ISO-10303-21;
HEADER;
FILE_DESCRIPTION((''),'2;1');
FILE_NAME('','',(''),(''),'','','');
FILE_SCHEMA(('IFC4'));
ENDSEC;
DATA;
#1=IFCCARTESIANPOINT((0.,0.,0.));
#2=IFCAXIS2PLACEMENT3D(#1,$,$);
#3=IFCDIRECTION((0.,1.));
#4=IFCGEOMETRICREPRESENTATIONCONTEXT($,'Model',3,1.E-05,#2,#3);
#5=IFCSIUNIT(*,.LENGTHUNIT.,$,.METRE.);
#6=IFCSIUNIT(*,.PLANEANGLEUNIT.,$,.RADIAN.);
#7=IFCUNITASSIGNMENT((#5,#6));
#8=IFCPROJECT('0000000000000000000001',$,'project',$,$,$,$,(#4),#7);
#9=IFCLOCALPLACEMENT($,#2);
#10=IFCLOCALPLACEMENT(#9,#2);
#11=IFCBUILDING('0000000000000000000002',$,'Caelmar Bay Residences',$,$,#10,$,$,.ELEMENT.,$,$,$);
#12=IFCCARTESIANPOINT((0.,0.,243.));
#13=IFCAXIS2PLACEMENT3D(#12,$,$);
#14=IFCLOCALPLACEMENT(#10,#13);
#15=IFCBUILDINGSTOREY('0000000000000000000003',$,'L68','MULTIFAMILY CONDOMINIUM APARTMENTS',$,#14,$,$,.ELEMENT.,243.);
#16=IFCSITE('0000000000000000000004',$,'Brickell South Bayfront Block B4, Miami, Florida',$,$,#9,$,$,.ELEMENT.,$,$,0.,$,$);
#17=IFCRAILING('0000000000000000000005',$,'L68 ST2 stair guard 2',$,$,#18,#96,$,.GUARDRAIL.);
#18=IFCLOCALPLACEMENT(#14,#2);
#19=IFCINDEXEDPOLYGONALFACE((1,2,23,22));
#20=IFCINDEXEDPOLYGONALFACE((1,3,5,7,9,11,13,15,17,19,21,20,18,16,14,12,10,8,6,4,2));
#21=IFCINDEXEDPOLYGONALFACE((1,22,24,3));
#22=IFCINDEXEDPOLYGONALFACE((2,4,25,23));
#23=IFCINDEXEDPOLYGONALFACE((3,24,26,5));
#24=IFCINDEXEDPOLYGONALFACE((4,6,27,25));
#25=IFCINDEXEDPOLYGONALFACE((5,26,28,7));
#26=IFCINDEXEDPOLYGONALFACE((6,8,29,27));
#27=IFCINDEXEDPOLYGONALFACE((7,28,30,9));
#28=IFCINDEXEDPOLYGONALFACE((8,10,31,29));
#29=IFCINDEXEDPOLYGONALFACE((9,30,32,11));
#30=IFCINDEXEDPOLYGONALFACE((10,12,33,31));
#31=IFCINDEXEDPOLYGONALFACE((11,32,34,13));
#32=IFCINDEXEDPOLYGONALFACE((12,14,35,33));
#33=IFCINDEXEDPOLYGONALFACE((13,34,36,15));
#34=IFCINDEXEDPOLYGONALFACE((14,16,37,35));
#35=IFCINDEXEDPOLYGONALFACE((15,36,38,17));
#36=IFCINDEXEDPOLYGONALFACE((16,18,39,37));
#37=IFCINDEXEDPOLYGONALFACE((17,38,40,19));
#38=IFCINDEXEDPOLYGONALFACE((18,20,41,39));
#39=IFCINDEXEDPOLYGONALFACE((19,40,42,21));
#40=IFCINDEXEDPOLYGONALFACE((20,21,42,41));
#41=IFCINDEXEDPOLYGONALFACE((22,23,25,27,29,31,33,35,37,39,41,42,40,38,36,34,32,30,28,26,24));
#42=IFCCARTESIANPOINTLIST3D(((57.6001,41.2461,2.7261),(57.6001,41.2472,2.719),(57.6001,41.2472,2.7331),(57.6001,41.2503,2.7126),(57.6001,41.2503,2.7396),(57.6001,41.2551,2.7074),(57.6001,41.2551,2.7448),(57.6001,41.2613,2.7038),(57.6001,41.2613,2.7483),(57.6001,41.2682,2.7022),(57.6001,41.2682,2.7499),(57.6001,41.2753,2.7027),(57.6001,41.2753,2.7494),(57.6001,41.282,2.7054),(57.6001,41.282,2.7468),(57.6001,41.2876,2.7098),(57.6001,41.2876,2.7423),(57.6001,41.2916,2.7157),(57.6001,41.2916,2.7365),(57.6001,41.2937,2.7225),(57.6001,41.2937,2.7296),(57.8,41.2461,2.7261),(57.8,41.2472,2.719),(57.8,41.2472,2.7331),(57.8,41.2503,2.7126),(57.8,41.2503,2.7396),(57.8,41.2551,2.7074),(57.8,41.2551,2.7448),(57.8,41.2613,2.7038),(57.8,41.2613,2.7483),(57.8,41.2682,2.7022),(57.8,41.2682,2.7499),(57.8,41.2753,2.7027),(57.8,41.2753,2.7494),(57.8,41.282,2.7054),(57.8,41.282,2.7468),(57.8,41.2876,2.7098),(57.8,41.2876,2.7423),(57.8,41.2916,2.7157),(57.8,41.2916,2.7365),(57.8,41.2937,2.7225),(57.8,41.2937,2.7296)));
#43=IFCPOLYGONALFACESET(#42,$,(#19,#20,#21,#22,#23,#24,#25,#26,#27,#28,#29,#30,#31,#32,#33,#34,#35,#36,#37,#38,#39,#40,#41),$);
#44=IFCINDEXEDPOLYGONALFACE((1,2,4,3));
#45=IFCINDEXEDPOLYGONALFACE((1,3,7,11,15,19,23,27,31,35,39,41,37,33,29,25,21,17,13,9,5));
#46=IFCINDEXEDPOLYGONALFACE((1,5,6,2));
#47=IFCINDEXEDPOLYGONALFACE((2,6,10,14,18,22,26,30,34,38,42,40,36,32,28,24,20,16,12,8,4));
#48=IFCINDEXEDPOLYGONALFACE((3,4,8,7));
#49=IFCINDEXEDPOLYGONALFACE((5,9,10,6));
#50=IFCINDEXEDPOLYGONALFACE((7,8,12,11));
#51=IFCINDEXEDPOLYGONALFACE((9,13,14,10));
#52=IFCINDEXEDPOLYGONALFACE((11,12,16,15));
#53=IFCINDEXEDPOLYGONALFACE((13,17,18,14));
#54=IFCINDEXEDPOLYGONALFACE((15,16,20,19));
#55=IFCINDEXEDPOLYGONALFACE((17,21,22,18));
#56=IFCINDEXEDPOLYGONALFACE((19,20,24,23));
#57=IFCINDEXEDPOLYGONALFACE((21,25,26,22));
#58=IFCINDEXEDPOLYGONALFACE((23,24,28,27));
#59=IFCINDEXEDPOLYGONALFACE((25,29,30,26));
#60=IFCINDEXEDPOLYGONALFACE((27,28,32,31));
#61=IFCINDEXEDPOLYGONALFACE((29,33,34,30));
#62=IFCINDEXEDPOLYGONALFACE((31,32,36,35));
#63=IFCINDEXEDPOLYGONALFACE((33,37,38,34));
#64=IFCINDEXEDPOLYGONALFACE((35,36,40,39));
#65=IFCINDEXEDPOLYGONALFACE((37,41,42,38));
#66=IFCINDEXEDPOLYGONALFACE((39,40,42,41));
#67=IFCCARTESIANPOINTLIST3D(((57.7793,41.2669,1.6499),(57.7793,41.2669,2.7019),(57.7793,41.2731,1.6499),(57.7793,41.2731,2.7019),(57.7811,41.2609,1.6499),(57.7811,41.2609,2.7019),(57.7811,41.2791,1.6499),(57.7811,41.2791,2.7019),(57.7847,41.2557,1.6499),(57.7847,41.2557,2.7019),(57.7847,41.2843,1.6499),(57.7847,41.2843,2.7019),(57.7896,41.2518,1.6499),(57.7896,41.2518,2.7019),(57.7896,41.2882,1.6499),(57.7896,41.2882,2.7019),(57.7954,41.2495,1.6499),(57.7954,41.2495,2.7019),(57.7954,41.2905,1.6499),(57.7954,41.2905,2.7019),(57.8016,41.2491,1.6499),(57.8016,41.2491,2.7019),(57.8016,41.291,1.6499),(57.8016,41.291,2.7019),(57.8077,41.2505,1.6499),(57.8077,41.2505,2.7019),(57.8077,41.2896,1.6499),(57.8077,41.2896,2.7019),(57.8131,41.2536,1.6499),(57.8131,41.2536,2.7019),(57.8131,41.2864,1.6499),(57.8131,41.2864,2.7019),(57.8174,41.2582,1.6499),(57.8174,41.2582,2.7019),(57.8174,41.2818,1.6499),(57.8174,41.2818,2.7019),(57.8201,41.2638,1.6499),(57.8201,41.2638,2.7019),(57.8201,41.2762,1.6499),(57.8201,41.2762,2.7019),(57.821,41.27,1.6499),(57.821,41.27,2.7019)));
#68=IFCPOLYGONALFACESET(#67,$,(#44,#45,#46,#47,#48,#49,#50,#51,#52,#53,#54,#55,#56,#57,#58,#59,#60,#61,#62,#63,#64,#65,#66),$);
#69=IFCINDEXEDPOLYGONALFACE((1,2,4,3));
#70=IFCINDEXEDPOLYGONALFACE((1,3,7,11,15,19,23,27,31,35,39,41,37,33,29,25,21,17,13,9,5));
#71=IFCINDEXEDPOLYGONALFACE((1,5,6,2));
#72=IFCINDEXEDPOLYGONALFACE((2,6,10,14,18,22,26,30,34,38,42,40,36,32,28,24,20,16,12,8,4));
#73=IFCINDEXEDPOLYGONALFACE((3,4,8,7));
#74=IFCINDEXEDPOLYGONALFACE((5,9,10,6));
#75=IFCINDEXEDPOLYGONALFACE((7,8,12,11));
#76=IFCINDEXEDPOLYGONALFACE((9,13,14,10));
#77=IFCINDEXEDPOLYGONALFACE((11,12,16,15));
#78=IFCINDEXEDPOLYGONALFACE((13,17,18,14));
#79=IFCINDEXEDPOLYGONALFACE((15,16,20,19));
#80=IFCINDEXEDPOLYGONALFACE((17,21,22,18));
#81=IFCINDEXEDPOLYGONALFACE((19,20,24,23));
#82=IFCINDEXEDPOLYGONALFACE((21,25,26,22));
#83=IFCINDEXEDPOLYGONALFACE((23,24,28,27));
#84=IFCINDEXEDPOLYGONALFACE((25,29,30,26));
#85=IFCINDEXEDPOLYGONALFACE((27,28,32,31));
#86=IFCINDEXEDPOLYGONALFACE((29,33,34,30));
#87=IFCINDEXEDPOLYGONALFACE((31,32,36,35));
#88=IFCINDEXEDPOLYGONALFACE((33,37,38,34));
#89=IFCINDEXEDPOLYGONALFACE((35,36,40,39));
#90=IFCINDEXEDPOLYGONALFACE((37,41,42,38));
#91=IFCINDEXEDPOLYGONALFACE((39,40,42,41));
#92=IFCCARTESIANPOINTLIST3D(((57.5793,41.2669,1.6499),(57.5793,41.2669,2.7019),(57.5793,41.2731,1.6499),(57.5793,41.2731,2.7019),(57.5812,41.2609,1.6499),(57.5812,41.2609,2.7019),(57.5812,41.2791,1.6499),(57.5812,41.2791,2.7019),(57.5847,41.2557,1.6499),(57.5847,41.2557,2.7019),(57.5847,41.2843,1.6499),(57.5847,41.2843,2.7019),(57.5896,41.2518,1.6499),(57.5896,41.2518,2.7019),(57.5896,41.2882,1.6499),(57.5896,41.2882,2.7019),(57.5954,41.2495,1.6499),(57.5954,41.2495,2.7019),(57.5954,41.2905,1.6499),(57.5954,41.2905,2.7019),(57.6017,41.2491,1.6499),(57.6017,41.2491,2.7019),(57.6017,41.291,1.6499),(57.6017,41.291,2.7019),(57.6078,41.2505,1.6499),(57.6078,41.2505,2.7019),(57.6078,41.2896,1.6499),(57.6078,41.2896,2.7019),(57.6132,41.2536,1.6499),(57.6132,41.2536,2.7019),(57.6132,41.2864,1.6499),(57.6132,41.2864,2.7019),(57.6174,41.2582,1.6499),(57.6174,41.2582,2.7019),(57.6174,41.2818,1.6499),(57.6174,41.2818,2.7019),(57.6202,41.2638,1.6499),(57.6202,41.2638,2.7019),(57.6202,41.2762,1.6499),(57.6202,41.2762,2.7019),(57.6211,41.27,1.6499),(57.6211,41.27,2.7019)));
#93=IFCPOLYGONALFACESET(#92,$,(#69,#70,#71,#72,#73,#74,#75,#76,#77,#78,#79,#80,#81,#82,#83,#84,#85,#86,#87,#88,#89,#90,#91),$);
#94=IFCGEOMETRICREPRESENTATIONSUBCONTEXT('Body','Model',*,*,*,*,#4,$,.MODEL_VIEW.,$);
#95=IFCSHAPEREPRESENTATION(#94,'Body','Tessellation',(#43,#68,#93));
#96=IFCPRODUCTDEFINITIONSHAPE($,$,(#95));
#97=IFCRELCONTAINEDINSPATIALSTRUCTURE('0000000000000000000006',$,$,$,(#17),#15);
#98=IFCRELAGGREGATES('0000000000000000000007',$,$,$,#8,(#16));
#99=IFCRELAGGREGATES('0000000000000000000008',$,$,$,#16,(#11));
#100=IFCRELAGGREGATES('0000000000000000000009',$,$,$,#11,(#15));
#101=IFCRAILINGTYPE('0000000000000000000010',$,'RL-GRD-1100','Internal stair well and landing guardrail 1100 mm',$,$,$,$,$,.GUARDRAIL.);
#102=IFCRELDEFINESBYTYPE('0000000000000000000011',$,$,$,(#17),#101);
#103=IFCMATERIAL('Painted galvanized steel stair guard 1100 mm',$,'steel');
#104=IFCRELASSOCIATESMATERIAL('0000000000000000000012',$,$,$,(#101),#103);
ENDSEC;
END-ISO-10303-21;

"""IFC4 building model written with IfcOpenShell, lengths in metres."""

from ifc_helpers import new_model, si_unit, direction, frame, origin, origin_2d, place, context, subcontext, project, spatial, circle, extrude, material, type_object, element, save


model = new_model("IFC4")

# Units and contexts
model_context = context("Model", 3, precision=1e-05, world=origin(), true_north=direction((0.0, 1.0)))
body_context = subcontext(model_context, "Body", "Model", "MODEL_VIEW")
ifc_project = project(units=[si_unit("LENGTHUNIT", "METRE"), si_unit("PLANEANGLEUNIT", "RADIAN")], contexts=[model_context])

# Site, building, storey
site_placement = place(None, origin())
site = spatial("IfcSite", under=ifc_project, at=site_placement, Name="Brickell South Bayfront Block B4, Miami, Florida", CompositionType="ELEMENT", RefElevation=0.0)
building_placement = place(site_placement, origin())
building = spatial("IfcBuilding", under=site, at=building_placement, Name="Caelmar Bay Residences", CompositionType="ELEMENT")
storey_placement = place(building_placement, frame((0.0, 0.0, 243.0)))
storey = spatial("IfcBuildingStorey", under=building, at=storey_placement, Name="L68", Description="MULTIFAMILY CONDOMINIUM APARTMENTS", CompositionType="ELEMENT", Elevation=243.0)

# Railing
ifc_material_1 = material(Name="Painted galvanized steel stair guard 1100 mm", Category="steel")
railing_type_1 = type_object("IfcRailingType", Name="RL-GRD-1100", Description="Internal stair well and landing guardrail 1100 mm", PredefinedType="GUARDRAIL", material=ifc_material_1)
railing_1_placement = place(storey_placement, frame((57.8, 41.27, 1.6499)))
element("IfcRailing", 1, at=railing_1_placement, inside=storey, type_object=railing_type_1, Name="L68 ST2 stair guard 2", PredefinedType="GUARDRAIL", context=body_context, shape_type="SweptSolid", body=[
    extrude(circle(Radius=0.0239, at=origin_2d()), frame((0.0, 0.0, 1.0762), z_axis=(-1.0, 0.0, 0.0), x_axis=(0.0, -1.0, 0.0)), (0.0, 0.0, 1.0), 0.2),
    extrude(circle(Radius=0.021, at=origin_2d()), origin(), (0.0, 0.0, 1.0), 1.052),
    extrude(circle(Radius=0.021, at=origin_2d()), frame((-0.2, 0.0, 0.0)), (0.0, 0.0, 1.0), 1.052),
])

save(model, "model.ifc")
